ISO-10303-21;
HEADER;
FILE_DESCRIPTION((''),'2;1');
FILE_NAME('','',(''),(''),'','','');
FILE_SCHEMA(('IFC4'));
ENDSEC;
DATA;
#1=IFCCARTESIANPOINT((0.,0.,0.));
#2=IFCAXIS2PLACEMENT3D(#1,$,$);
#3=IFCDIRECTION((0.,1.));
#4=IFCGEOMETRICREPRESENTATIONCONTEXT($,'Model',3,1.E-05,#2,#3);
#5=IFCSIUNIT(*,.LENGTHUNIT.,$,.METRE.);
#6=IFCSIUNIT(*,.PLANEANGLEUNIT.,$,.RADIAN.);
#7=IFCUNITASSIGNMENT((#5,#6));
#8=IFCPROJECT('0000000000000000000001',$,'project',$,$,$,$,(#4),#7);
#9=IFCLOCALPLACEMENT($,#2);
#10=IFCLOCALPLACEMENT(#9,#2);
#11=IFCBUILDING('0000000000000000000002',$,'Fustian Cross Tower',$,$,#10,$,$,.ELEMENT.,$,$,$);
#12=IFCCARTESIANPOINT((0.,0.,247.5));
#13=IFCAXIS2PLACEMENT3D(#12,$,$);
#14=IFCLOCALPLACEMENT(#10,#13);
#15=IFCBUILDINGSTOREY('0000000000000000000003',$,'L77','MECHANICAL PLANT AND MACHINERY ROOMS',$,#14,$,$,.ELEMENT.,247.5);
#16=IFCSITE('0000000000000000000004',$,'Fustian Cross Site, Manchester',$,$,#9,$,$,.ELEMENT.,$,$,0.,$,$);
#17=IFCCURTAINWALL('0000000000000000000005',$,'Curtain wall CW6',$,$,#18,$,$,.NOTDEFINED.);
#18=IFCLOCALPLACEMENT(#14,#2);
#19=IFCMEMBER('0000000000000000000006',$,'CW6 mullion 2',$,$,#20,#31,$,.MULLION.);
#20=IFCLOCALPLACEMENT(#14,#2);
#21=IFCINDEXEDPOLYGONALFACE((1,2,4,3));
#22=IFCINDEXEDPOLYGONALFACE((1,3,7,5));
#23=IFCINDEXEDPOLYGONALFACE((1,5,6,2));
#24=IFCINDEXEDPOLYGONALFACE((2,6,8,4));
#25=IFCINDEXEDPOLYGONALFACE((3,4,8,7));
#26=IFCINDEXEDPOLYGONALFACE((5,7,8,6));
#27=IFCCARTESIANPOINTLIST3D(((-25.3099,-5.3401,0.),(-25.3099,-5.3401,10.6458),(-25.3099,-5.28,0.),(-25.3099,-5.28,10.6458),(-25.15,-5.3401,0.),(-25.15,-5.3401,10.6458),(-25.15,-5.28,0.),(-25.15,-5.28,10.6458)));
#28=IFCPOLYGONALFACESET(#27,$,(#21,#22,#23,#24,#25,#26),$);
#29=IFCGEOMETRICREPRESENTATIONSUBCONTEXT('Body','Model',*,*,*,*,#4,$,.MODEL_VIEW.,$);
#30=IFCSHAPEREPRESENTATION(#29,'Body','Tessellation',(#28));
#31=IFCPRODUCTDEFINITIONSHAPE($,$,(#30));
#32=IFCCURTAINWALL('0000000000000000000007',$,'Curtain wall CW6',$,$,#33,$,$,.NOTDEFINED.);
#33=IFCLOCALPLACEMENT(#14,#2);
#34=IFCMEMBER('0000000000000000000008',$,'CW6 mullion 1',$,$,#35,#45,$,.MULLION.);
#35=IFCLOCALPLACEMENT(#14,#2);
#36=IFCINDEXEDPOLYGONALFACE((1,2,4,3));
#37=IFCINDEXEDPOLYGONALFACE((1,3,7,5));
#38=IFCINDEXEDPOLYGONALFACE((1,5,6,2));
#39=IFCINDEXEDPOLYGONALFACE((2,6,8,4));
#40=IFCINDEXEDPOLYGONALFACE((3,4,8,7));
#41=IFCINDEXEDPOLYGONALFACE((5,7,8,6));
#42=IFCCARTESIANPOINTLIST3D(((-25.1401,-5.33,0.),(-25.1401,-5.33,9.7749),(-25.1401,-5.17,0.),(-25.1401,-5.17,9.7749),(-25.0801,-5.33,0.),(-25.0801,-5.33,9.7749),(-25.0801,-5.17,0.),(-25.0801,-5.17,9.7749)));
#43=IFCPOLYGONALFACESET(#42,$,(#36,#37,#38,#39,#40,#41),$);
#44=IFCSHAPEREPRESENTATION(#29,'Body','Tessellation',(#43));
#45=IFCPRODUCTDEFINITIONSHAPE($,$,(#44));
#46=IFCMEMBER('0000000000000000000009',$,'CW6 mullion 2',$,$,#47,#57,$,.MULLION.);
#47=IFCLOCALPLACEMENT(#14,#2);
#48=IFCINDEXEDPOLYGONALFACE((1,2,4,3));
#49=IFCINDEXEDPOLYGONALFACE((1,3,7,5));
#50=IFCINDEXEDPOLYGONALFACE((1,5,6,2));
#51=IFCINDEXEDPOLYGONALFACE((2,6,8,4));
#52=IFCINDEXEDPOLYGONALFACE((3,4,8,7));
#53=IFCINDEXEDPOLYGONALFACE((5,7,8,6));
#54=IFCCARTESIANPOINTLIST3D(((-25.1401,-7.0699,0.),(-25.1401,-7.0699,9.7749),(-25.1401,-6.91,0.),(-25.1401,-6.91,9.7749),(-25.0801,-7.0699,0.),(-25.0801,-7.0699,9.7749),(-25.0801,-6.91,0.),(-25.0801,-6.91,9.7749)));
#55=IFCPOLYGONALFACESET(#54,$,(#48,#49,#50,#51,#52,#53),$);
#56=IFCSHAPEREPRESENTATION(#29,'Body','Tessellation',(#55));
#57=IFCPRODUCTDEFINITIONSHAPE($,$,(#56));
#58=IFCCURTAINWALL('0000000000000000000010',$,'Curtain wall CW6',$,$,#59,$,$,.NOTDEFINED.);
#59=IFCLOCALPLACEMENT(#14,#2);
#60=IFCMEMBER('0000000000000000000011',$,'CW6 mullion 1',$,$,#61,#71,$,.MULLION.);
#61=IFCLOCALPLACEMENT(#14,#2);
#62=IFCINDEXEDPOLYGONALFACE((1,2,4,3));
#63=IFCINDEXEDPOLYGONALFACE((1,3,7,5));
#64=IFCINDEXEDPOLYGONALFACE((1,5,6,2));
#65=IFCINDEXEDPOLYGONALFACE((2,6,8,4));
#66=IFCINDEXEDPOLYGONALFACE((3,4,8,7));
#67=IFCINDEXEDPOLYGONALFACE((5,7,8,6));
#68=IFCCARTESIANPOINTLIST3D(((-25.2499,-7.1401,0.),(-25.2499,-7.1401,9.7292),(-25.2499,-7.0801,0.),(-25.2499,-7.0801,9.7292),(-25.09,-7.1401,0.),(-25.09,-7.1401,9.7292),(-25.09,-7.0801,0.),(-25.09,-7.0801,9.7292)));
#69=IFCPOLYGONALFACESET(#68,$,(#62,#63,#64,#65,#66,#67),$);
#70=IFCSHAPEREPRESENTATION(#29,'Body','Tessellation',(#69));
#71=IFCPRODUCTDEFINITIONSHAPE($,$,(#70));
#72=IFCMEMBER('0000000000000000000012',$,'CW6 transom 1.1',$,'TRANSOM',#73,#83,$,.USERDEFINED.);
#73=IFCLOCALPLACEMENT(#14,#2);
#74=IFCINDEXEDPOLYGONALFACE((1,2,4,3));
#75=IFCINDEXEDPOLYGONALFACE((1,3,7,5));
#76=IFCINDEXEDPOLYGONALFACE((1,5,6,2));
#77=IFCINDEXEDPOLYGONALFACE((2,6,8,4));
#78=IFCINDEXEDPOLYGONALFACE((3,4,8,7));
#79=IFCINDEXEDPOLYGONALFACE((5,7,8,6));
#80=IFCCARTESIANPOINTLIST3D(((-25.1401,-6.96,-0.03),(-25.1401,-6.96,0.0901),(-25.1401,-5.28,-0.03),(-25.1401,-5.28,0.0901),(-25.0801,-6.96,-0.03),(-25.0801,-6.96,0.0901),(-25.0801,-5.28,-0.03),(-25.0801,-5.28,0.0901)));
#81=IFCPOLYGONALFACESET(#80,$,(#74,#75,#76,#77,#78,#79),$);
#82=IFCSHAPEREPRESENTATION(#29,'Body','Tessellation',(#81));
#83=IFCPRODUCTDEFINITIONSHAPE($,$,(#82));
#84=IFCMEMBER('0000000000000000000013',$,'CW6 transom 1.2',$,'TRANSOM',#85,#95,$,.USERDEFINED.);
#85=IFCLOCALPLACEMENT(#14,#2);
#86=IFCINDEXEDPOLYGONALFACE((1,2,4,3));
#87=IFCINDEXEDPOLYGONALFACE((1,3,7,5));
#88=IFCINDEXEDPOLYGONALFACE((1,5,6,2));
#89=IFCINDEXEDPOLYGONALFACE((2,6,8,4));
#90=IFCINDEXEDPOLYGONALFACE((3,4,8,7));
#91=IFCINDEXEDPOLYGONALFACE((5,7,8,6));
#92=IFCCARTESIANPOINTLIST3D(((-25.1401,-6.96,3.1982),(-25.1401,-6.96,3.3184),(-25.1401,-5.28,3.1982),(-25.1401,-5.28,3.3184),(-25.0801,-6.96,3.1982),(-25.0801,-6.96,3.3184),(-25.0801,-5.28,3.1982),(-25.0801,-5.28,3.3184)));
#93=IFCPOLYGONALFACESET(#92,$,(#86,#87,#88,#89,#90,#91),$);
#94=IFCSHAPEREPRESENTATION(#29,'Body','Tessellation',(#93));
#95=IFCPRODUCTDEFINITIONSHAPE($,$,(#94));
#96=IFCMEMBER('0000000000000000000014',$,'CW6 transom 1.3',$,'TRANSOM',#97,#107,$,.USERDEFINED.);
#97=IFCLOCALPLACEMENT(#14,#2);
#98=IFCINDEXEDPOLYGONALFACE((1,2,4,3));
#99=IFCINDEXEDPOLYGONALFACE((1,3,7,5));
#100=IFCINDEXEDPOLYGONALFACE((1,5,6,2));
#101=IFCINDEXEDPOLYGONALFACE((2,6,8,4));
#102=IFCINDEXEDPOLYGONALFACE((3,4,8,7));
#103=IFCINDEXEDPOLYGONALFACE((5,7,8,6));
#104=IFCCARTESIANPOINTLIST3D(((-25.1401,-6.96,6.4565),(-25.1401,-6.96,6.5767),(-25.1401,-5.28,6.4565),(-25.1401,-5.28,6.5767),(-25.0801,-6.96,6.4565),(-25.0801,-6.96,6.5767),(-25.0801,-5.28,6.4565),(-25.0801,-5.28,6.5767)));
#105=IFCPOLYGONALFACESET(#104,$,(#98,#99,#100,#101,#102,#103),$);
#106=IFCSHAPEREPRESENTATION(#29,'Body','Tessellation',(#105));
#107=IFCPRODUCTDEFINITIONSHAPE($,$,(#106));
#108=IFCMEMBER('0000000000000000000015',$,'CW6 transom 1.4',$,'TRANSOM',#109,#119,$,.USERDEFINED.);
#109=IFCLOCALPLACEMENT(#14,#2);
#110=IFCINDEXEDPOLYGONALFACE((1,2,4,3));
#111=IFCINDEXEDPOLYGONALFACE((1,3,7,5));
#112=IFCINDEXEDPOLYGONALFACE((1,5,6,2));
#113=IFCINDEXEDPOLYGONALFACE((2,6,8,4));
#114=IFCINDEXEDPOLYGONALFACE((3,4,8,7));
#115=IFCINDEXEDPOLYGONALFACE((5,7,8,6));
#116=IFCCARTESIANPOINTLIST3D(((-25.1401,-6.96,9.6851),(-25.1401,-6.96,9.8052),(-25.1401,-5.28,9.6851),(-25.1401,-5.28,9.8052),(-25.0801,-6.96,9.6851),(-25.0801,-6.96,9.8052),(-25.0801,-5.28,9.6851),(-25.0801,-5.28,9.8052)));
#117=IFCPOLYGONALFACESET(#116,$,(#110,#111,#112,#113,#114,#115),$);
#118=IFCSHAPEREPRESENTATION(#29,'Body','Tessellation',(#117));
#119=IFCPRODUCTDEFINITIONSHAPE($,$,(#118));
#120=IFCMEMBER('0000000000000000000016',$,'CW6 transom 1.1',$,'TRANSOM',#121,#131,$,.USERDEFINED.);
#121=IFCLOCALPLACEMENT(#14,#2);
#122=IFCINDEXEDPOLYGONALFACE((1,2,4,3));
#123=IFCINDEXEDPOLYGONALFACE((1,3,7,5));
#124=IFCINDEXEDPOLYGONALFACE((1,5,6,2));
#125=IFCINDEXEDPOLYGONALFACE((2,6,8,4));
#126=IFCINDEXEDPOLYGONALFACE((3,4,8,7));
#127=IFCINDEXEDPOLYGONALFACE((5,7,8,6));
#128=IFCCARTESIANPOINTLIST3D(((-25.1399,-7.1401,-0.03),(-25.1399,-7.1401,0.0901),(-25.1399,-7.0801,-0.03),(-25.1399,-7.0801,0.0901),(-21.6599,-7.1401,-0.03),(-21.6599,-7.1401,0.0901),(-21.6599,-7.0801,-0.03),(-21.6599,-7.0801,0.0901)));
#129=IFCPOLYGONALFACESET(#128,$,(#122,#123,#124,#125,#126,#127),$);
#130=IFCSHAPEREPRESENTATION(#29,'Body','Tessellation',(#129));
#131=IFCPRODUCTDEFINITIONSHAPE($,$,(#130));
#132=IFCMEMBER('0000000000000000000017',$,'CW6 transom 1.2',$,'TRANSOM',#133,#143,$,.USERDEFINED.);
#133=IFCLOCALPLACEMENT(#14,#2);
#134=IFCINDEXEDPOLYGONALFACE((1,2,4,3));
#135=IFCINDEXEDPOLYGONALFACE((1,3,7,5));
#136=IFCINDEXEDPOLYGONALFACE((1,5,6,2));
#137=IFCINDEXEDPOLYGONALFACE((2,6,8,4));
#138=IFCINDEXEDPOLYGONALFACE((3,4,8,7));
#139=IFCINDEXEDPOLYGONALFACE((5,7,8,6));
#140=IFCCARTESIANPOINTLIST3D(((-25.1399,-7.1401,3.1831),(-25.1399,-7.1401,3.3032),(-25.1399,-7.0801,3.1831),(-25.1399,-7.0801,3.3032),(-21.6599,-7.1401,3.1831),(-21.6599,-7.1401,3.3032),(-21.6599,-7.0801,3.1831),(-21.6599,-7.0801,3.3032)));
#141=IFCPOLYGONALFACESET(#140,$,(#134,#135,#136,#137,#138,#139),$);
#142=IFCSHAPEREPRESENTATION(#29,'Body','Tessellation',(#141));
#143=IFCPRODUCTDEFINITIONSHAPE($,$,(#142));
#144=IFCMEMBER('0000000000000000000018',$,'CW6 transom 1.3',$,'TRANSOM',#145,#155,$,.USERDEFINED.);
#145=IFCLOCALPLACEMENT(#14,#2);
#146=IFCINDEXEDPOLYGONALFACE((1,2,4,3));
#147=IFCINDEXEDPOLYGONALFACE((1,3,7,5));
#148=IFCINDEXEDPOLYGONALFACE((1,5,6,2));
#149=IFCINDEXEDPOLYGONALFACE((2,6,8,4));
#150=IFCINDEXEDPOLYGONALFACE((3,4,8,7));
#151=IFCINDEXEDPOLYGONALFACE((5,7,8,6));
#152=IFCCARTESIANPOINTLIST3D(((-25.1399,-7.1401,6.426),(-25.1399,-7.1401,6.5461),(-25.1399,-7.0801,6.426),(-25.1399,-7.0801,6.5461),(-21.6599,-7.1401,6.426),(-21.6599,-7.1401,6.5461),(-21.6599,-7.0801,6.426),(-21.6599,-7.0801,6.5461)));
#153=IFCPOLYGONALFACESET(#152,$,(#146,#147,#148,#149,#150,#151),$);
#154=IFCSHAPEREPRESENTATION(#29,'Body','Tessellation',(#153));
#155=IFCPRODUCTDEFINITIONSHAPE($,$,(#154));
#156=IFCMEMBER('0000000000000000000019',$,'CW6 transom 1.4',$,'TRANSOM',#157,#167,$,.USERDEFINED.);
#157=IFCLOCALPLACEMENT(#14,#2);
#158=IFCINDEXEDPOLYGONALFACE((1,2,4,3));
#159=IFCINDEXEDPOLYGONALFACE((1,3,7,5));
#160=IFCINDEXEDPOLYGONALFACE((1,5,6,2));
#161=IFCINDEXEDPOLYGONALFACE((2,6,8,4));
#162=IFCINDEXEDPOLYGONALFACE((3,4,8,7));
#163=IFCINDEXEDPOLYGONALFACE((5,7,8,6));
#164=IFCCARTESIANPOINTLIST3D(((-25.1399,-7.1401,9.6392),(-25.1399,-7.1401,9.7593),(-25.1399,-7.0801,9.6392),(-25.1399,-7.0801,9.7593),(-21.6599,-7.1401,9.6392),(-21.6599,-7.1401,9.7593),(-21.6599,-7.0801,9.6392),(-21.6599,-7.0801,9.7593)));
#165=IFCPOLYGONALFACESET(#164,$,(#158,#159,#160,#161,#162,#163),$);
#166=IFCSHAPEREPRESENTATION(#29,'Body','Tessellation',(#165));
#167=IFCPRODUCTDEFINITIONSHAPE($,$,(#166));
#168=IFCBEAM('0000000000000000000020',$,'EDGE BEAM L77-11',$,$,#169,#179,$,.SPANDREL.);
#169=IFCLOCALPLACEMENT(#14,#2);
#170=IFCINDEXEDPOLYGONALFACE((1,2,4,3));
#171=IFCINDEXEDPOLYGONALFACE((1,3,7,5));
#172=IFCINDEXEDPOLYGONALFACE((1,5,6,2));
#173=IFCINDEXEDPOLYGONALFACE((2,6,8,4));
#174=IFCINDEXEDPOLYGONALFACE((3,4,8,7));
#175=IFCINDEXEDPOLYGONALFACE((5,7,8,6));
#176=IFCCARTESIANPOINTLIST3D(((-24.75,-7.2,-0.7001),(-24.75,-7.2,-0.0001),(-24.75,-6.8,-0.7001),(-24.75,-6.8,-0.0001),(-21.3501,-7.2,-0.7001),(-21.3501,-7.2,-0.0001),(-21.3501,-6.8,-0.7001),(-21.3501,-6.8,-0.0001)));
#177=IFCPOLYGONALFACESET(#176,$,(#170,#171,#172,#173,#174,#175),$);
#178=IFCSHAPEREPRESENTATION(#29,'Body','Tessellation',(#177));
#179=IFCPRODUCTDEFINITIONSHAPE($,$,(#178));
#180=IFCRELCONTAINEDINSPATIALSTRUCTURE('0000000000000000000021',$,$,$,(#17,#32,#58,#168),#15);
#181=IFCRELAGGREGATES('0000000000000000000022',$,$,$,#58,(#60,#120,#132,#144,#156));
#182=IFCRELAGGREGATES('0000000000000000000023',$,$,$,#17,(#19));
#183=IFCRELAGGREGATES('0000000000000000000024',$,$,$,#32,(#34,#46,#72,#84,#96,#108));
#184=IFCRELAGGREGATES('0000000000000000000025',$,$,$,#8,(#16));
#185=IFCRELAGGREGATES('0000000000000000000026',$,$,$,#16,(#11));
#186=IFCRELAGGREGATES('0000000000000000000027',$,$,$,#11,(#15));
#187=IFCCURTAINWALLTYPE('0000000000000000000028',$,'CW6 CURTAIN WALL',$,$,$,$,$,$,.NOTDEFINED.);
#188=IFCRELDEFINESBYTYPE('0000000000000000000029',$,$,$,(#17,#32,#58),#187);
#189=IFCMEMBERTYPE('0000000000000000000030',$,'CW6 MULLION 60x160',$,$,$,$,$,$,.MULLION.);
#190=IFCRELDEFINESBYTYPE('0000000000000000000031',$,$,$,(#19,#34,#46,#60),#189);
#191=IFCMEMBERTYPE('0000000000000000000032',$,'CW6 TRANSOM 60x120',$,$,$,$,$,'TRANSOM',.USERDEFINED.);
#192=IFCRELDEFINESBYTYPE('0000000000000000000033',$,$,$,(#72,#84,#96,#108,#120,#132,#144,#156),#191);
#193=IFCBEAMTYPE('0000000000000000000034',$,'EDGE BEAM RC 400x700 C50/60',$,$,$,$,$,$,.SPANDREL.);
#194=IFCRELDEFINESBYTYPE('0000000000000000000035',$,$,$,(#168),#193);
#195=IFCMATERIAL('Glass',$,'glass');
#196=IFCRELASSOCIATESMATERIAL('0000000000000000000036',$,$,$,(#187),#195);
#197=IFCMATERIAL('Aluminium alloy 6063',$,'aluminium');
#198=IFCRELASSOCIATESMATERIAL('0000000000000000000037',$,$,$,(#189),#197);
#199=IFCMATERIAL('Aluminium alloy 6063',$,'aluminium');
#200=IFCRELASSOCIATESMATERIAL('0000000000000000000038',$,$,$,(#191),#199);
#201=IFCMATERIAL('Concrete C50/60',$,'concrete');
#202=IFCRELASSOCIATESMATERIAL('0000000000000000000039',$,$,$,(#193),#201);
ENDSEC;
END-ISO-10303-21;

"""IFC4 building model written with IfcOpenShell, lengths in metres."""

from ifc_helpers import new_model, si_unit, direction, frame, origin, origin_2d, place, context, subcontext, project, spatial, rectangle, extrude, material, material_profile, profile_set, type_object, element, aggregate, save


model = new_model("IFC4")

# Units and contexts
model_context = context("Model", 3, precision=1e-05, world=origin(), true_north=direction((0.0, 1.0)))
body_context = subcontext(model_context, "Body", "Model", "MODEL_VIEW")
ifc_project = project(units=[si_unit("LENGTHUNIT", "METRE"), si_unit("PLANEANGLEUNIT", "RADIAN")], contexts=[model_context])

# Site, building, storey
site_placement = place(None, origin())
site = spatial("IfcSite", under=ifc_project, at=site_placement, Name="Fustian Cross Site, Manchester", CompositionType="ELEMENT", RefElevation=0.0)
building_placement = place(site_placement, origin())
building = spatial("IfcBuilding", under=site, at=building_placement, Name="Fustian Cross Tower", CompositionType="ELEMENT")
storey_placement = place(building_placement, frame((0.0, 0.0, 247.5)))
storey = spatial("IfcBuildingStorey", under=building, at=storey_placement, Name="L77", Description="MECHANICAL PLANT AND MACHINERY ROOMS", CompositionType="ELEMENT", Elevation=247.5)

# Curtain wall, member
ifc_material_1 = material(Name="Glass", Category="glass")
curtain_wall_type = type_object("IfcCurtainWallType", Name="CW6 CURTAIN WALL", PredefinedType="NOTDEFINED", material=ifc_material_1)
curtain_wall_1_placement = place(storey_placement, origin())
curtain_wall_1 = element("IfcCurtainWall", 1, at=curtain_wall_1_placement, inside=storey, type_object=curtain_wall_type, Name="Curtain wall CW6", PredefinedType="NOTDEFINED")
ifc_material_2 = material(Name="Aluminium alloy 6063", Category="aluminium")
ifc_material_profile_1 = material_profile(ifc_material_2, rectangle(XDim=0.0601, YDim=0.1599, at=origin_2d()), Name="CW6 MULLION 60x160")
ifc_profile_set_1 = profile_set([ifc_material_profile_1], Name="Aluminium alloy 6063")
member_type_1 = type_object("IfcMemberType", Name="CW6 MULLION 60x160", PredefinedType="MULLION", material=ifc_profile_set_1)
member_1_placement = place(storey_placement, frame((-25.23, -5.3101, 0.0), z_axis=(0.0, 0.0, 1.0), x_axis=(0.0, 1.0, 0.0)))
member_1 = element("IfcMember", 2, at=member_1_placement, type_object=member_type_1, Name="CW6 mullion 2", PredefinedType="MULLION", context=body_context, shape_type="SweptSolid", body=[
    extrude(rectangle(XDim=0.0601, YDim=0.1599, at=origin_2d()), origin(), (0.0, 0.0, 1.0), 10.6458),
])

# Curtain wall, members
curtain_wall_2_placement = place(storey_placement, origin())
curtain_wall_2 = element("IfcCurtainWall", 3, at=curtain_wall_2_placement, inside=storey, type_object=curtain_wall_type, Name="Curtain wall CW6", PredefinedType="NOTDEFINED")
member_2_placement = place(storey_placement, frame((-25.1101, -5.25, 0.0), z_axis=(0.0, 0.0, 1.0), x_axis=(1.0, 0.0, 0.0)))
member_2 = element("IfcMember", 4, at=member_2_placement, type_object=member_type_1, Name="CW6 mullion 1", PredefinedType="MULLION", context=body_context, shape_type="SweptSolid", body=[
    extrude(rectangle(XDim=0.0601, YDim=0.1599, at=origin_2d()), origin(), (0.0, 0.0, 1.0), 9.7749),
])
member_3_placement = place(storey_placement, frame((-25.1101, -6.99, 0.0), z_axis=(0.0, 0.0, 1.0), x_axis=(1.0, 0.0, 0.0)))
member_3 = element("IfcMember", 5, at=member_3_placement, type_object=member_type_1, Name="CW6 mullion 2", PredefinedType="MULLION", context=body_context, shape_type="SweptSolid", body=[
    extrude(rectangle(XDim=0.0601, YDim=0.1599, at=origin_2d()), origin(), (0.0, 0.0, 1.0), 9.7749),
])

# Curtain wall, member
curtain_wall_3_placement = place(storey_placement, origin())
curtain_wall_3 = element("IfcCurtainWall", 6, at=curtain_wall_3_placement, inside=storey, type_object=curtain_wall_type, Name="Curtain wall CW6", PredefinedType="NOTDEFINED")
member_4_placement = place(storey_placement, frame((-25.1699, -7.1101, 0.0), z_axis=(0.0, 0.0, 1.0), x_axis=(0.0, 1.0, 0.0)))
member_4 = element("IfcMember", 7, at=member_4_placement, type_object=member_type_1, Name="CW6 mullion 1", PredefinedType="MULLION", context=body_context, shape_type="SweptSolid", body=[
    extrude(rectangle(XDim=0.0601, YDim=0.1599, at=origin_2d()), origin(), (0.0, 0.0, 1.0), 9.7292),
])

# Members
ifc_material_3 = material(Name="Aluminium alloy 6063", Category="aluminium")
ifc_material_profile_2 = material_profile(ifc_material_3, rectangle(XDim=0.0601, YDim=0.1201, at=origin_2d()), Name="CW6 TRANSOM 60x120")
ifc_profile_set_2 = profile_set([ifc_material_profile_2], Name="Aluminium alloy 6063")
member_type_2 = type_object("IfcMemberType", Name="CW6 TRANSOM 60x120", ElementType="TRANSOM", PredefinedType="USERDEFINED", material=ifc_profile_set_2)
member_5_placement = place(storey_placement, frame((-25.1101, -5.28, 0.03), z_axis=(0.0, -1.0, 0.0), x_axis=(1.0, 0.0, 0.0)))
member_5 = element("IfcMember", 8, at=member_5_placement, type_object=member_type_2, Name="CW6 transom 1.1", ObjectType="TRANSOM", PredefinedType="USERDEFINED", context=body_context, shape_type="SweptSolid", body=[
    extrude(rectangle(XDim=0.0601, YDim=0.1201, at=origin_2d()), origin(), (0.0, 0.0, 1.0), 1.6799),
])
member_6_placement = place(storey_placement, frame((-25.1101, -5.28, 3.2583), z_axis=(0.0, -1.0, 0.0), x_axis=(1.0, 0.0, 0.0)))
member_6 = element("IfcMember", 9, at=member_6_placement, type_object=member_type_2, Name="CW6 transom 1.2", ObjectType="TRANSOM", PredefinedType="USERDEFINED", context=body_context, shape_type="SweptSolid", body=[
    extrude(rectangle(XDim=0.0601, YDim=0.1201, at=origin_2d()), origin(), (0.0, 0.0, 1.0), 1.6799),
])
member_7_placement = place(storey_placement, frame((-25.1101, -5.28, 6.5166), z_axis=(0.0, -1.0, 0.0), x_axis=(1.0, 0.0, 0.0)))
member_7 = element("IfcMember", 10, at=member_7_placement, type_object=member_type_2, Name="CW6 transom 1.3", ObjectType="TRANSOM", PredefinedType="USERDEFINED", context=body_context, shape_type="SweptSolid", body=[
    extrude(rectangle(XDim=0.0601, YDim=0.1201, at=origin_2d()), origin(), (0.0, 0.0, 1.0), 1.6799),
])
member_8_placement = place(storey_placement, frame((-25.1101, -5.28, 9.7451), z_axis=(0.0, -1.0, 0.0), x_axis=(1.0, 0.0, 0.0)))
member_8 = element("IfcMember", 11, at=member_8_placement, type_object=member_type_2, Name="CW6 transom 1.4", ObjectType="TRANSOM", PredefinedType="USERDEFINED", context=body_context, shape_type="SweptSolid", body=[
    extrude(rectangle(XDim=0.0601, YDim=0.1201, at=origin_2d()), origin(), (0.0, 0.0, 1.0), 1.6799),
])
member_9_placement = place(storey_placement, frame((-25.1399, -7.1101, 0.03), z_axis=(1.0, 0.0, 0.0), x_axis=(0.0, 1.0, 0.0)))
member_9 = element("IfcMember", 12, at=member_9_placement, type_object=member_type_2, Name="CW6 transom 1.1", ObjectType="TRANSOM", PredefinedType="USERDEFINED", context=body_context, shape_type="SweptSolid", body=[
    extrude(rectangle(XDim=0.0601, YDim=0.1201, at=origin_2d()), origin(), (0.0, 0.0, 1.0), 3.48),
])
member_10_placement = place(storey_placement, frame((-25.1399, -7.1101, 3.2432), z_axis=(1.0, 0.0, 0.0), x_axis=(0.0, 1.0, 0.0)))
member_10 = element("IfcMember", 13, at=member_10_placement, type_object=member_type_2, Name="CW6 transom 1.2", ObjectType="TRANSOM", PredefinedType="USERDEFINED", context=body_context, shape_type="SweptSolid", body=[
    extrude(rectangle(XDim=0.0601, YDim=0.1201, at=origin_2d()), origin(), (0.0, 0.0, 1.0), 3.48),
])
member_11_placement = place(storey_placement, frame((-25.1399, -7.1101, 6.4861), z_axis=(1.0, 0.0, 0.0), x_axis=(0.0, 1.0, 0.0)))
member_11 = element("IfcMember", 14, at=member_11_placement, type_object=member_type_2, Name="CW6 transom 1.3", ObjectType="TRANSOM", PredefinedType="USERDEFINED", context=body_context, shape_type="SweptSolid", body=[
    extrude(rectangle(XDim=0.0601, YDim=0.1201, at=origin_2d()), origin(), (0.0, 0.0, 1.0), 3.48),
])
member_12_placement = place(storey_placement, frame((-25.1399, -7.1101, 9.6992), z_axis=(1.0, 0.0, 0.0), x_axis=(0.0, 1.0, 0.0)))
member_12 = element("IfcMember", 15, at=member_12_placement, type_object=member_type_2, Name="CW6 transom 1.4", ObjectType="TRANSOM", PredefinedType="USERDEFINED", context=body_context, shape_type="SweptSolid", body=[
    extrude(rectangle(XDim=0.0601, YDim=0.1201, at=origin_2d()), origin(), (0.0, 0.0, 1.0), 3.48),
])
aggregate(curtain_wall_3, [member_4, member_9, member_10, member_11, member_12])

# Beam
ifc_material_4 = material(Name="Concrete C50/60", Category="concrete")
ifc_material_profile_3 = material_profile(ifc_material_4, rectangle(XDim=0.3999, YDim=0.7, at=origin_2d()), Name="RC 400x700")
ifc_profile_set_3 = profile_set([ifc_material_profile_3], Name="Concrete C50/60")
beam_type_1 = type_object("IfcBeamType", Name="EDGE BEAM RC 400x700 C50/60", PredefinedType="SPANDREL", material=ifc_profile_set_3)
beam_1_placement = place(storey_placement, frame((-24.75, -7.0, -0.3501), z_axis=(1.0, 0.0, 0.0), x_axis=(0.0, 1.0, 0.0)))
element("IfcBeam", 16, at=beam_1_placement, inside=storey, type_object=beam_type_1, Name="EDGE BEAM L77-11", PredefinedType="SPANDREL", context=body_context, shape_type="SweptSolid", body=[
    extrude(rectangle(XDim=0.3999, YDim=0.7, at=origin_2d()), origin(), (0.0, 0.0, 1.0), 3.3999),
])

aggregate(curtain_wall_1, [member_1])
aggregate(curtain_wall_2, [member_2, member_3, member_5, member_6, member_7, member_8])

save(model, "model.ifc")
